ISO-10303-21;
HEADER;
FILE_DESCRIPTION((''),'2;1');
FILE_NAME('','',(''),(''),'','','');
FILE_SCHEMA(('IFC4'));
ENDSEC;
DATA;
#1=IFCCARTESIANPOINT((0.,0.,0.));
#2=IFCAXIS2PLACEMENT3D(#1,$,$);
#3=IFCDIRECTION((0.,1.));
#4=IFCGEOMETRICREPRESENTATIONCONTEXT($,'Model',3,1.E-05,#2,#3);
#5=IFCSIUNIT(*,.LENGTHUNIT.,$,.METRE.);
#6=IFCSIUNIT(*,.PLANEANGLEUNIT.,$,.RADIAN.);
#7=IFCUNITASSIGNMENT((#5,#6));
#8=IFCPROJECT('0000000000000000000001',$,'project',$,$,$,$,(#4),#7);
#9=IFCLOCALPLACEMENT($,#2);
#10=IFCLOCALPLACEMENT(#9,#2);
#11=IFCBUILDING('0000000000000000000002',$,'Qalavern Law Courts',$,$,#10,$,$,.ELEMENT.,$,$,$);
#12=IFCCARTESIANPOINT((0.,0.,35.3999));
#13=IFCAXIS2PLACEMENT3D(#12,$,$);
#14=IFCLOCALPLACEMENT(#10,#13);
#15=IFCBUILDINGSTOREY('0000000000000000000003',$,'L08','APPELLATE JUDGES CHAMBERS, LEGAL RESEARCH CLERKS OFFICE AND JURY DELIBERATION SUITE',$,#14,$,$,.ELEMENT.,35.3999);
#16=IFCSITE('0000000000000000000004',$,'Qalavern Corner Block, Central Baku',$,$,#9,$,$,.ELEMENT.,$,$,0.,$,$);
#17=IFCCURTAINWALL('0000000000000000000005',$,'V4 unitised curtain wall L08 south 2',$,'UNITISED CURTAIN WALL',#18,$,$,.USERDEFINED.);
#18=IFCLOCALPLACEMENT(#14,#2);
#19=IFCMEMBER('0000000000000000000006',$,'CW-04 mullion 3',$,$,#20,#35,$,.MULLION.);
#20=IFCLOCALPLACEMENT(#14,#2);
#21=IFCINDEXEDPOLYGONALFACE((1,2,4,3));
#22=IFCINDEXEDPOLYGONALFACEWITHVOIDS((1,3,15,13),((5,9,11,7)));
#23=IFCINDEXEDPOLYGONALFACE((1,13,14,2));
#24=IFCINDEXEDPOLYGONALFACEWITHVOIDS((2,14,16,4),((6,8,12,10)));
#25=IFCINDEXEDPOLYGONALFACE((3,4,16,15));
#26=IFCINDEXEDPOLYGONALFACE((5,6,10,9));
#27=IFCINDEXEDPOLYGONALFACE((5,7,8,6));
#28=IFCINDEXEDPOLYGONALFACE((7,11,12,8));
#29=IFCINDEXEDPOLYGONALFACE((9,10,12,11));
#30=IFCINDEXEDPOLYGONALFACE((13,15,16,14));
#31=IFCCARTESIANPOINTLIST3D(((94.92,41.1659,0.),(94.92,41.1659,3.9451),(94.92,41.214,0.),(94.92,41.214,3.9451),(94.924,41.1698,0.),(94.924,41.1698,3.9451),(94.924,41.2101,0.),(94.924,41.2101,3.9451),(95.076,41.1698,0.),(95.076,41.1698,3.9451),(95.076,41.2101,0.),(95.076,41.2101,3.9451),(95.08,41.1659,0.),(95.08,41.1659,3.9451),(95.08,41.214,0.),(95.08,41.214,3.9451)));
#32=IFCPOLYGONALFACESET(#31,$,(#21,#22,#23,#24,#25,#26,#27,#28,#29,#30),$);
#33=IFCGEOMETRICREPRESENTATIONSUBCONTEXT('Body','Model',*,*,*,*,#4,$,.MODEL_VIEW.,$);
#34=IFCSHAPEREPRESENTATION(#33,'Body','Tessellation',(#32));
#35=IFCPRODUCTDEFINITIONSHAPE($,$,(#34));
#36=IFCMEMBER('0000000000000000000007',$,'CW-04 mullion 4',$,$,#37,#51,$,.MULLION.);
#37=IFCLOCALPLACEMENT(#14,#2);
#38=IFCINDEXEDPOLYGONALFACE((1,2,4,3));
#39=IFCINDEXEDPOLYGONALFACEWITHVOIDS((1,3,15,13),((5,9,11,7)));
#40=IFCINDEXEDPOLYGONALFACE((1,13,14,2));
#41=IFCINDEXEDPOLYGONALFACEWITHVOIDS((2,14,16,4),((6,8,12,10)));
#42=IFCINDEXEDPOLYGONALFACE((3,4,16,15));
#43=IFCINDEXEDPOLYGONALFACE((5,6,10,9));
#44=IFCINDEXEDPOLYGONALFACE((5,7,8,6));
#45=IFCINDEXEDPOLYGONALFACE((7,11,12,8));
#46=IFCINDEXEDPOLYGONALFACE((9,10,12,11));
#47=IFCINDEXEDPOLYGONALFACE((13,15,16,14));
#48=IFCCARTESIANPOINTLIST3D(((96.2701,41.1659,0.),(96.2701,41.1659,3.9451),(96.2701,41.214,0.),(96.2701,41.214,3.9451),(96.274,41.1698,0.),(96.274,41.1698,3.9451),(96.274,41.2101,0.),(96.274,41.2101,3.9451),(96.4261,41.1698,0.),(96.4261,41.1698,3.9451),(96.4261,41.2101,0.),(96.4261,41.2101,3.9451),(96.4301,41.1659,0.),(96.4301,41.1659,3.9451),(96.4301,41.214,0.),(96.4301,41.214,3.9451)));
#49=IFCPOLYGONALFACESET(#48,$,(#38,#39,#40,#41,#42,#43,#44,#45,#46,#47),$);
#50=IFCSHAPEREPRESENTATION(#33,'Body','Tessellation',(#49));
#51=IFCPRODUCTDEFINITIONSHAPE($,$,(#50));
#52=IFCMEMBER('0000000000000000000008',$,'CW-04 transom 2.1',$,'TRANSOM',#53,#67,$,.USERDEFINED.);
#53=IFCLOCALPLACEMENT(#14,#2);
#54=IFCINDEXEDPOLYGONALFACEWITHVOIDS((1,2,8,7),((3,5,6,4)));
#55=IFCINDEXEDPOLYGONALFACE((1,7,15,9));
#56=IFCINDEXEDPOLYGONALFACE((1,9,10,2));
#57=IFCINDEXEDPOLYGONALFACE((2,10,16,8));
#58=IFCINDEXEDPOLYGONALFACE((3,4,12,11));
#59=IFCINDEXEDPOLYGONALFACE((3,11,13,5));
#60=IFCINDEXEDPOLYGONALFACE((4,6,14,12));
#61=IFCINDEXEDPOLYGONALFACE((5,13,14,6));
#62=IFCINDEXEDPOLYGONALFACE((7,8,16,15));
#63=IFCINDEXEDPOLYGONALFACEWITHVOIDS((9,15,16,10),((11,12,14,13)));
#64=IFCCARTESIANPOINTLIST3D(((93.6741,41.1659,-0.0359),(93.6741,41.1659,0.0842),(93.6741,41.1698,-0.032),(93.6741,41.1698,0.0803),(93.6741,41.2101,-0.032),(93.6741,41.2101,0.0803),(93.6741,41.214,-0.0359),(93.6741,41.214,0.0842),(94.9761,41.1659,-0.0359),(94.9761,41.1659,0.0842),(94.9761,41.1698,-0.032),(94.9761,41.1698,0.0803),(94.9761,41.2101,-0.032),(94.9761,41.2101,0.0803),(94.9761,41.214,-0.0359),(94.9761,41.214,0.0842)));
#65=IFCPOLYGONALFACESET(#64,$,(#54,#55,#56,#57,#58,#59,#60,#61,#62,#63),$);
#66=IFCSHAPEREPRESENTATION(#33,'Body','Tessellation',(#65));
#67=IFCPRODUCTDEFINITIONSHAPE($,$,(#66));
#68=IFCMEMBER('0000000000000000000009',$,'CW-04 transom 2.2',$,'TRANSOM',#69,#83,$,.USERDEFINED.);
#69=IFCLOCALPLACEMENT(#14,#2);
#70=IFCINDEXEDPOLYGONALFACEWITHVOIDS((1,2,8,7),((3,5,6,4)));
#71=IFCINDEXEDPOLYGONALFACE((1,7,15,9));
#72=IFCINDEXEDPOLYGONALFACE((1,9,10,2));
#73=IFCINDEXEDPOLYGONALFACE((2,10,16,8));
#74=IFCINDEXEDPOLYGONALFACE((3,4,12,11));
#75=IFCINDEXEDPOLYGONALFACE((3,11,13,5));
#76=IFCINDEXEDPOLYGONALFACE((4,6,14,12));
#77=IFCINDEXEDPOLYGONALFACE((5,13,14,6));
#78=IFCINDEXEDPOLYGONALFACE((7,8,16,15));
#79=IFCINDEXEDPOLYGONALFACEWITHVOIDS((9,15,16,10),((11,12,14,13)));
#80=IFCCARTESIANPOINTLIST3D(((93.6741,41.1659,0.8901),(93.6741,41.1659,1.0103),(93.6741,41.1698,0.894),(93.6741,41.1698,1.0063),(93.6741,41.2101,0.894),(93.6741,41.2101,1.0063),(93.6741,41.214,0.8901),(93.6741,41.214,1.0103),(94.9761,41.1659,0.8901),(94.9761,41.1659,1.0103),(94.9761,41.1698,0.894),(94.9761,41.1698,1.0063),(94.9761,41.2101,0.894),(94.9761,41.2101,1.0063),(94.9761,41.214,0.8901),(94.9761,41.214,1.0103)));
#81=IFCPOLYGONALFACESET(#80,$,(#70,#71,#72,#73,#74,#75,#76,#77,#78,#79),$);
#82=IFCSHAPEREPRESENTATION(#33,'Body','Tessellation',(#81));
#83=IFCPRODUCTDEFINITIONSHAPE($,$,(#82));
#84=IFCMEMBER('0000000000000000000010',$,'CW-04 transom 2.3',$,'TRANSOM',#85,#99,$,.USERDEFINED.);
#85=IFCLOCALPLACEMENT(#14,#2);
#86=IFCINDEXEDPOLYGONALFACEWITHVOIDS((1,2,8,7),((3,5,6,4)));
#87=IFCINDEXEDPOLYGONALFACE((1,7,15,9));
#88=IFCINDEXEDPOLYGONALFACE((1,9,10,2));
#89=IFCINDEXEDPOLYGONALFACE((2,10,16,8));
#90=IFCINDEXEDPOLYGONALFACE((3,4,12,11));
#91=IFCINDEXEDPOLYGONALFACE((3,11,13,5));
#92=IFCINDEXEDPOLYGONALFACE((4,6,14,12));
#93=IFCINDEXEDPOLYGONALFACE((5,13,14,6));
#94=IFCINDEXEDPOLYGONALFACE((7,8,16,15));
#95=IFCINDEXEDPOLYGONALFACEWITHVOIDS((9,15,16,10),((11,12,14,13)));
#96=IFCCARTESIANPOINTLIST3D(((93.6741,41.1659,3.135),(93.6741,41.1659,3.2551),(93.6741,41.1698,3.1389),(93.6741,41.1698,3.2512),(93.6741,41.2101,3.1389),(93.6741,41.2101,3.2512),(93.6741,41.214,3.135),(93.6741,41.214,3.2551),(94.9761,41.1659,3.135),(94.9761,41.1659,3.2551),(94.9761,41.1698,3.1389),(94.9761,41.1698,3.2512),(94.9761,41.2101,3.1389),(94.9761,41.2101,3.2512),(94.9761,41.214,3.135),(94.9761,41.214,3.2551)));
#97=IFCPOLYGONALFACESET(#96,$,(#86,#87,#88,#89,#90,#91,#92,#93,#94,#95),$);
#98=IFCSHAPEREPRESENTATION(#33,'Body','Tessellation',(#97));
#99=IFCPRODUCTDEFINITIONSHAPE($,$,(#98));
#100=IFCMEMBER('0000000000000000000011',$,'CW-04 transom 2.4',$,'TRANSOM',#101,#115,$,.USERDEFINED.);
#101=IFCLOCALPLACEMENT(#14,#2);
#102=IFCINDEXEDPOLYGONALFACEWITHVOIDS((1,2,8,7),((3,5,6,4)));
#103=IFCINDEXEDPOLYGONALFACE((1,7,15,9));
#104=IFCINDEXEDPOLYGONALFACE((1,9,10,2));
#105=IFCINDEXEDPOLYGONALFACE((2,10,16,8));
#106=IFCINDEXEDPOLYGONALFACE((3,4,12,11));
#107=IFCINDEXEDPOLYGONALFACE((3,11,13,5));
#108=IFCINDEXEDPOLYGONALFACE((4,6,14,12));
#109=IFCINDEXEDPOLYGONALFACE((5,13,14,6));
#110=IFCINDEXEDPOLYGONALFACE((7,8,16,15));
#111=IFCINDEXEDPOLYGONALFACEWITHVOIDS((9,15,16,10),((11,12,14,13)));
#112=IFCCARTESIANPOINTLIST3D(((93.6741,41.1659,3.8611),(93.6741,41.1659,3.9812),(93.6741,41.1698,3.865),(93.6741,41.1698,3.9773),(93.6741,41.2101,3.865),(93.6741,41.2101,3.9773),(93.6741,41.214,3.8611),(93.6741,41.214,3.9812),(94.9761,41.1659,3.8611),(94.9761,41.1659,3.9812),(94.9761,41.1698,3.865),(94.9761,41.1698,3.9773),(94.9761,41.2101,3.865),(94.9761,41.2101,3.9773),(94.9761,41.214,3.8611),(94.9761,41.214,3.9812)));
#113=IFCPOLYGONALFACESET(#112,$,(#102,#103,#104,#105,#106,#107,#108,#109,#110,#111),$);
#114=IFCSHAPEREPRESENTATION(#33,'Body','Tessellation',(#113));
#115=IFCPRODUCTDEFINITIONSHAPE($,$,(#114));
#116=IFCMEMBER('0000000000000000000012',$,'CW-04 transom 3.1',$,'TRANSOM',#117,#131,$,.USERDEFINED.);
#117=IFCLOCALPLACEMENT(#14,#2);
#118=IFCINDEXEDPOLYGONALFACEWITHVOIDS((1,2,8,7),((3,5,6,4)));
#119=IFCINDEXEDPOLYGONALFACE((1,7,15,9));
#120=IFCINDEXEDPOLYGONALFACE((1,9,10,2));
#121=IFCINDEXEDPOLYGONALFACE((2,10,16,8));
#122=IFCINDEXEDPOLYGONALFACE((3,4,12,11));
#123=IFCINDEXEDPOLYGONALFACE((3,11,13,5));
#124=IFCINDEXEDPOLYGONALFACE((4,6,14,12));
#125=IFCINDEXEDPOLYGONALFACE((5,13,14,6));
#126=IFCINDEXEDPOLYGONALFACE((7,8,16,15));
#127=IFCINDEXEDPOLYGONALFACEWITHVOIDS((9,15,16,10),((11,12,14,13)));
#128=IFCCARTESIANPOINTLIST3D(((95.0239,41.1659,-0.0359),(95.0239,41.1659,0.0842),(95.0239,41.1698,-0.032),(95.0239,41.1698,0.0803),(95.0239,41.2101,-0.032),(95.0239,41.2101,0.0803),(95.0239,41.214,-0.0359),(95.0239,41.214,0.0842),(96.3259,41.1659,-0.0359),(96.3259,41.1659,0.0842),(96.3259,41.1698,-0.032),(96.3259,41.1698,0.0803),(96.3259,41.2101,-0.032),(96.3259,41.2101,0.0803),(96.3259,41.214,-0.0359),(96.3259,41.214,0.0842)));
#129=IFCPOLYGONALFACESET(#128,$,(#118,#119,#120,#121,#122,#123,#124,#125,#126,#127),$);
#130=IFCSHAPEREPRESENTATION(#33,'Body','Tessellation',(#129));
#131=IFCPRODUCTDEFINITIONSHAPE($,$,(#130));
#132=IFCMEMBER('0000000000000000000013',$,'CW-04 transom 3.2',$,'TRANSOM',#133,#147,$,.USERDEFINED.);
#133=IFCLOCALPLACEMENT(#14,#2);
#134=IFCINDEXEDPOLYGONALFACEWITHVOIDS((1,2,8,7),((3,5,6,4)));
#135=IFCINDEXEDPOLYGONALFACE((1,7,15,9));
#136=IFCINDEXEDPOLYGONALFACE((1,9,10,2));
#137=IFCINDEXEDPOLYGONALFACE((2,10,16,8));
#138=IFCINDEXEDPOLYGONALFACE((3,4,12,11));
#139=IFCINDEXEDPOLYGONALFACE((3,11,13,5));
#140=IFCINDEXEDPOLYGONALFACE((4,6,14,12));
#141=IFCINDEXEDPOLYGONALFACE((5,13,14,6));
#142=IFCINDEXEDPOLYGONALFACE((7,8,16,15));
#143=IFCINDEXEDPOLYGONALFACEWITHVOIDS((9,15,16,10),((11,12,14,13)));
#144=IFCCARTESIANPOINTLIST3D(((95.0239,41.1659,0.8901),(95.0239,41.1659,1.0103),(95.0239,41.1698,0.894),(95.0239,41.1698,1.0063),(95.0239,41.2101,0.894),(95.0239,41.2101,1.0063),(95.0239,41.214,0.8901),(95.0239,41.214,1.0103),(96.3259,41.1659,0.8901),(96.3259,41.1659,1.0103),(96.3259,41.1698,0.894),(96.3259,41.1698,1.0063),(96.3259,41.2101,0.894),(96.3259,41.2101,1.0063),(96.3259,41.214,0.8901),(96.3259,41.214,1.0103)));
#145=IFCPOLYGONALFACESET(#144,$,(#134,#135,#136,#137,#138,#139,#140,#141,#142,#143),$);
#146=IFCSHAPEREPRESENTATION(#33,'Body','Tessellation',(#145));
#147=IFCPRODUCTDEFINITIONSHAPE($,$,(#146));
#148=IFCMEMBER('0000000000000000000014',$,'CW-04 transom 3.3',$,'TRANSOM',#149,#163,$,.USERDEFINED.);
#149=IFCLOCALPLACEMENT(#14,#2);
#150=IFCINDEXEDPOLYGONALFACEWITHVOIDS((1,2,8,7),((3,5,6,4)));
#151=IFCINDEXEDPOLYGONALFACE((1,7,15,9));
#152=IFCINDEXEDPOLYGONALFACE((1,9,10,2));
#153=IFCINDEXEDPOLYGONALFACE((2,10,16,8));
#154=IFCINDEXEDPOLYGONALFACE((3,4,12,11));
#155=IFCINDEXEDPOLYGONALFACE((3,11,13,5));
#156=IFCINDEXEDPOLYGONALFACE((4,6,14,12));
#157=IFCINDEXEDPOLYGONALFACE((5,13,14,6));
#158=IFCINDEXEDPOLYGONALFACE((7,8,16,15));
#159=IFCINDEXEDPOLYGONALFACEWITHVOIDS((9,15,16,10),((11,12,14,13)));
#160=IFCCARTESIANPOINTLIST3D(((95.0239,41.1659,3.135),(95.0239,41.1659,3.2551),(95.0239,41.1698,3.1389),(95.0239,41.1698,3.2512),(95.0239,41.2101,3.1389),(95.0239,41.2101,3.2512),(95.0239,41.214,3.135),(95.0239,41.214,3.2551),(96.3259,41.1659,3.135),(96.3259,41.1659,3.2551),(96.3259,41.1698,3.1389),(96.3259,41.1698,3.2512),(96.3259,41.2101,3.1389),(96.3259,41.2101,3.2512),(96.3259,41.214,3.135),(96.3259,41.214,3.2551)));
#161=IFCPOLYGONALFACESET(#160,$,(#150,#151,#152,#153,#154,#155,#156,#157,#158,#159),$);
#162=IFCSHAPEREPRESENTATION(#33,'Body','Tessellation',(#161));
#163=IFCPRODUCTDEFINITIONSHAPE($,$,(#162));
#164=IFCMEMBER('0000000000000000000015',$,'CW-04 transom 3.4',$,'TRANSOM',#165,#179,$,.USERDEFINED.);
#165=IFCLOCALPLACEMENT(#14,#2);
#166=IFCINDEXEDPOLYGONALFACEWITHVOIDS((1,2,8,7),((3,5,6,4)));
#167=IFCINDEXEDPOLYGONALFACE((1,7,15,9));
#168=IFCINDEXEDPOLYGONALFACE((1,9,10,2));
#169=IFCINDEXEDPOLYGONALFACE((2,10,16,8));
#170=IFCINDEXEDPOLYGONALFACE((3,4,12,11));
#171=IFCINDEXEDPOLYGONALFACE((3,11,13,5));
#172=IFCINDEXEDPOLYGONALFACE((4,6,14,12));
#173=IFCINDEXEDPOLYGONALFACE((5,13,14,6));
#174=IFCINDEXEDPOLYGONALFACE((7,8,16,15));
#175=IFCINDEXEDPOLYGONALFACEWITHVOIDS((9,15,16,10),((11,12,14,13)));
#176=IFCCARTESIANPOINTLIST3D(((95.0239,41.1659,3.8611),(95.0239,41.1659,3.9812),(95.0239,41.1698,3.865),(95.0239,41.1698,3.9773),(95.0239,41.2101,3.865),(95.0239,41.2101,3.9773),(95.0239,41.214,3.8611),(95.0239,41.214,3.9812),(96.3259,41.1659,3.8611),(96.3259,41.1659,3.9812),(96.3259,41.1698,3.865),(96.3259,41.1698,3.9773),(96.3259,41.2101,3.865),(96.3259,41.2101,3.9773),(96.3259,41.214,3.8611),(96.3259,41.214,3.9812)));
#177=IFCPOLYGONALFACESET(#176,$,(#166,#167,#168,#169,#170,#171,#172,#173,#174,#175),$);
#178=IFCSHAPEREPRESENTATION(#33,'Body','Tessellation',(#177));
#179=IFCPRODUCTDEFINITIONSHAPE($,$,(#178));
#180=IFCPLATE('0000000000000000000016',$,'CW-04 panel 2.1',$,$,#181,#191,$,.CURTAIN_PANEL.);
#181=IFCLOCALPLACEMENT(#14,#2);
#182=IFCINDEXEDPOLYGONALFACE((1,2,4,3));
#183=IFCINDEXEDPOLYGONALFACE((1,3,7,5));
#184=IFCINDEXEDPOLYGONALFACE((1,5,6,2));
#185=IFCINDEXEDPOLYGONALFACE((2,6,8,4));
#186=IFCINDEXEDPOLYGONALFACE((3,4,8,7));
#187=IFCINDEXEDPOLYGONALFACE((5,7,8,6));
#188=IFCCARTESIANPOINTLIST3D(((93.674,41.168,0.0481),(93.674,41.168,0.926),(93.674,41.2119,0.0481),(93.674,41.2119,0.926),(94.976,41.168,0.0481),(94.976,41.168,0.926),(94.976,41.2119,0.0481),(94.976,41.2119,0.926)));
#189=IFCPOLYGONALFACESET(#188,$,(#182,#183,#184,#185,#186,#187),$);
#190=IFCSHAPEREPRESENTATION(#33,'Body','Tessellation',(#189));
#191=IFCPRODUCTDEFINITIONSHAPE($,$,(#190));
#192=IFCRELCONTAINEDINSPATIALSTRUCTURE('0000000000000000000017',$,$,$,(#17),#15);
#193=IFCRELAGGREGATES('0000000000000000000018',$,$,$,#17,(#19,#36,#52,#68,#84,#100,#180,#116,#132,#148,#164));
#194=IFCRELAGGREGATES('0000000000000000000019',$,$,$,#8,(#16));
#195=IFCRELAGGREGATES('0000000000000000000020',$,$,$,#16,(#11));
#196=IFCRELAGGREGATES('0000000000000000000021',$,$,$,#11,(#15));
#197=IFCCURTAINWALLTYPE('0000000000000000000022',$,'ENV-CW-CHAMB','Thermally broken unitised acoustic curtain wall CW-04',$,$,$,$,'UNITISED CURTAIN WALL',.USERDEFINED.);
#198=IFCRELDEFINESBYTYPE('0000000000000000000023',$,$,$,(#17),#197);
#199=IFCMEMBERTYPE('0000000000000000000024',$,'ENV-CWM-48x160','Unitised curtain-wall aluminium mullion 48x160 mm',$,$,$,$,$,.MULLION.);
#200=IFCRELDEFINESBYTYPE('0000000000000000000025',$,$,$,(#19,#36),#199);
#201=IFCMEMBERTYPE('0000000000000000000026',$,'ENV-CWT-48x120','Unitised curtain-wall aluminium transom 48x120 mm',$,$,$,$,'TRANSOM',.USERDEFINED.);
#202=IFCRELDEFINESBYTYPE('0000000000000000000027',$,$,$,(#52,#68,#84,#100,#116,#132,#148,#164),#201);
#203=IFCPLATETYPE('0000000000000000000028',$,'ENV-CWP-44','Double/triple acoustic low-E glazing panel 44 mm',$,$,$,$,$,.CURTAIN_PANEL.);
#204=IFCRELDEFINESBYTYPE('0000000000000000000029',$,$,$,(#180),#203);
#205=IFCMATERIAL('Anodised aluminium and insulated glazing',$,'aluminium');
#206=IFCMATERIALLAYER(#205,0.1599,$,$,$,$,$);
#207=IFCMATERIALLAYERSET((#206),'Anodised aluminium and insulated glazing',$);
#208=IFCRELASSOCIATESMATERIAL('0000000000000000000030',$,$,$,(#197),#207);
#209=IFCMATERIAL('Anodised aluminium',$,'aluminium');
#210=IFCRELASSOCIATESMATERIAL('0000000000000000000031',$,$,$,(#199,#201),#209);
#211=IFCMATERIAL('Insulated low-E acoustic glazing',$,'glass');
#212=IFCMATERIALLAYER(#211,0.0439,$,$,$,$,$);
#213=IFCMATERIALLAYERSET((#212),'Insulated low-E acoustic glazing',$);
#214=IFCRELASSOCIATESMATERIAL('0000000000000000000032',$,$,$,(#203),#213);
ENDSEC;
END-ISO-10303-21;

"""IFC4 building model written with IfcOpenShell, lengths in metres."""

from ifc_helpers import new_model, si_unit, direction, frame, origin, origin_2d, place, context, subcontext, project, spatial, rectangle, hollow_rectangle, extrude, material, layer, layer_set, material_profile, profile_set, type_object, element, aggregate, save


model = new_model("IFC4")

# Units and contexts
model_context = context("Model", 3, precision=1e-05, world=origin(), true_north=direction((0.0, 1.0)))
body_context = subcontext(model_context, "Body", "Model", "MODEL_VIEW")
ifc_project = project(units=[si_unit("LENGTHUNIT", "METRE"), si_unit("PLANEANGLEUNIT", "RADIAN")], contexts=[model_context])

# Site, building, storey
site_placement = place(None, origin())
site = spatial("IfcSite", under=ifc_project, at=site_placement, Name="Qalavern Corner Block, Central Baku", CompositionType="ELEMENT", RefElevation=0.0)
building_placement = place(site_placement, origin())
building = spatial("IfcBuilding", under=site, at=building_placement, Name="Qalavern Law Courts", CompositionType="ELEMENT")
storey_placement = place(building_placement, frame((0.0, 0.0, 35.3999)))
storey = spatial("IfcBuildingStorey", under=building, at=storey_placement, Name="L08", Description="APPELLATE JUDGES CHAMBERS, LEGAL RESEARCH CLERKS OFFICE AND JURY DELIBERATION SUITE", CompositionType="ELEMENT", Elevation=35.3999)

# Curtain wall, members, plate
ifc_material_1 = material(Name="Anodised aluminium and insulated glazing", Category="aluminium")
ifc_layer_1 = layer(ifc_material_1, 0.1599)
ifc_layer_set_1 = layer_set([ifc_layer_1], Name="Anodised aluminium and insulated glazing")
curtain_wall_type = type_object("IfcCurtainWallType", Name="ENV-CW-CHAMB", Description="Thermally broken unitised acoustic curtain wall CW-04", ElementType="UNITISED CURTAIN WALL", PredefinedType="USERDEFINED", material=ifc_layer_set_1)
curtain_wall_placement = place(storey_placement, origin())
curtain_wall = element("IfcCurtainWall", 1, at=curtain_wall_placement, inside=storey, type_object=curtain_wall_type, Name="V4 unitised curtain wall L08 south 2", ObjectType="UNITISED CURTAIN WALL", PredefinedType="USERDEFINED")
ifc_material_2 = material(Name="Anodised aluminium", Category="aluminium")
ifc_material_profile_1 = material_profile(ifc_material_2, hollow_rectangle(XDim=0.0481, YDim=0.1599, WallThickness=0.0039, at=origin_2d()), Name="ALU MULLION 48x160")
ifc_profile_set_1 = profile_set([ifc_material_profile_1], Name="Anodised aluminium")
member_type_1 = type_object("IfcMemberType", Name="ENV-CWM-48x160", Description="Unitised curtain-wall aluminium mullion 48x160 mm", PredefinedType="MULLION", material=ifc_profile_set_1)
member_1_placement = place(storey_placement, frame((95.0, 41.1899, 0.0), z_axis=(0.0, 0.0, 1.0), x_axis=(0.0, 1.0, 0.0)))
member_1 = element("IfcMember", 2, at=member_1_placement, type_object=member_type_1, Name="CW-04 mullion 3", PredefinedType="MULLION", context=body_context, shape_type="SweptSolid", body=[
    extrude(hollow_rectangle(XDim=0.0481, YDim=0.1599, WallThickness=0.0039, at=origin_2d()), origin(), (0.0, 0.0, 1.0), 3.9451),
])
member_2_placement = place(storey_placement, frame((96.3501, 41.1899, 0.0), z_axis=(0.0, 0.0, 1.0), x_axis=(0.0, 1.0, 0.0)))
member_2 = element("IfcMember", 3, at=member_2_placement, type_object=member_type_1, Name="CW-04 mullion 4", PredefinedType="MULLION", context=body_context, shape_type="SweptSolid", body=[
    extrude(hollow_rectangle(XDim=0.0481, YDim=0.1599, WallThickness=0.0039, at=origin_2d()), origin(), (0.0, 0.0, 1.0), 3.9451),
])
ifc_material_profile_2 = material_profile(ifc_material_2, hollow_rectangle(XDim=0.0481, YDim=0.1201, WallThickness=0.0039, at=origin_2d()), Name="ALU TRANSOM 48x120")
ifc_profile_set_2 = profile_set([ifc_material_profile_2], Name="Anodised aluminium")
member_type_2 = type_object("IfcMemberType", Name="ENV-CWT-48x120", Description="Unitised curtain-wall aluminium transom 48x120 mm", ElementType="TRANSOM", PredefinedType="USERDEFINED", material=ifc_profile_set_2)
member_3_placement = place(storey_placement, frame((93.6741, 41.1899, 0.0242), z_axis=(1.0, 0.0, 0.0), x_axis=(0.0, 1.0, 0.0)))
member_3 = element("IfcMember", 4, at=member_3_placement, type_object=member_type_2, Name="CW-04 transom 2.1", ObjectType="TRANSOM", PredefinedType="USERDEFINED", context=body_context, shape_type="SweptSolid", body=[
    extrude(hollow_rectangle(XDim=0.0481, YDim=0.1201, WallThickness=0.0039, at=origin_2d()), origin(), (0.0, 0.0, 1.0), 1.302),
])
member_4_placement = place(storey_placement, frame((93.6741, 41.1899, 0.9502), z_axis=(1.0, 0.0, 0.0), x_axis=(0.0, 1.0, 0.0)))
member_4 = element("IfcMember", 5, at=member_4_placement, type_object=member_type_2, Name="CW-04 transom 2.2", ObjectType="TRANSOM", PredefinedType="USERDEFINED", context=body_context, shape_type="SweptSolid", body=[
    extrude(hollow_rectangle(XDim=0.0481, YDim=0.1201, WallThickness=0.0039, at=origin_2d()), origin(), (0.0, 0.0, 1.0), 1.302),
])
member_5_placement = place(storey_placement, frame((93.6741, 41.1899, 3.1951), z_axis=(1.0, 0.0, 0.0), x_axis=(0.0, 1.0, 0.0)))
member_5 = element("IfcMember", 6, at=member_5_placement, type_object=member_type_2, Name="CW-04 transom 2.3", ObjectType="TRANSOM", PredefinedType="USERDEFINED", context=body_context, shape_type="SweptSolid", body=[
    extrude(hollow_rectangle(XDim=0.0481, YDim=0.1201, WallThickness=0.0039, at=origin_2d()), origin(), (0.0, 0.0, 1.0), 1.302),
])
member_6_placement = place(storey_placement, frame((93.6741, 41.1899, 3.9211), z_axis=(1.0, 0.0, 0.0), x_axis=(0.0, 1.0, 0.0)))
member_6 = element("IfcMember", 7, at=member_6_placement, type_object=member_type_2, Name="CW-04 transom 2.4", ObjectType="TRANSOM", PredefinedType="USERDEFINED", context=body_context, shape_type="SweptSolid", body=[
    extrude(hollow_rectangle(XDim=0.0481, YDim=0.1201, WallThickness=0.0039, at=origin_2d()), origin(), (0.0, 0.0, 1.0), 1.302),
])
member_7_placement = place(storey_placement, frame((95.0239, 41.1899, 0.0242), z_axis=(1.0, 0.0, 0.0), x_axis=(0.0, 1.0, 0.0)))
member_7 = element("IfcMember", 8, at=member_7_placement, type_object=member_type_2, Name="CW-04 transom 3.1", ObjectType="TRANSOM", PredefinedType="USERDEFINED", context=body_context, shape_type="SweptSolid", body=[
    extrude(hollow_rectangle(XDim=0.0481, YDim=0.1201, WallThickness=0.0039, at=origin_2d()), origin(), (0.0, 0.0, 1.0), 1.302),
])
member_8_placement = place(storey_placement, frame((95.0239, 41.1899, 0.9502), z_axis=(1.0, 0.0, 0.0), x_axis=(0.0, 1.0, 0.0)))
member_8 = element("IfcMember", 9, at=member_8_placement, type_object=member_type_2, Name="CW-04 transom 3.2", ObjectType="TRANSOM", PredefinedType="USERDEFINED", context=body_context, shape_type="SweptSolid", body=[
    extrude(hollow_rectangle(XDim=0.0481, YDim=0.1201, WallThickness=0.0039, at=origin_2d()), origin(), (0.0, 0.0, 1.0), 1.302),
])
member_9_placement = place(storey_placement, frame((95.0239, 41.1899, 3.1951), z_axis=(1.0, 0.0, 0.0), x_axis=(0.0, 1.0, 0.0)))
member_9 = element("IfcMember", 10, at=member_9_placement, type_object=member_type_2, Name="CW-04 transom 3.3", ObjectType="TRANSOM", PredefinedType="USERDEFINED", context=body_context, shape_type="SweptSolid", body=[
    extrude(hollow_rectangle(XDim=0.0481, YDim=0.1201, WallThickness=0.0039, at=origin_2d()), origin(), (0.0, 0.0, 1.0), 1.302),
])
member_10_placement = place(storey_placement, frame((95.0239, 41.1899, 3.9211), z_axis=(1.0, 0.0, 0.0), x_axis=(0.0, 1.0, 0.0)))
member_10 = element("IfcMember", 11, at=member_10_placement, type_object=member_type_2, Name="CW-04 transom 3.4", ObjectType="TRANSOM", PredefinedType="USERDEFINED", context=body_context, shape_type="SweptSolid", body=[
    extrude(hollow_rectangle(XDim=0.0481, YDim=0.1201, WallThickness=0.0039, at=origin_2d()), origin(), (0.0, 0.0, 1.0), 1.302),
])
ifc_material_3 = material(Name="Insulated low-E acoustic glazing", Category="glass")
ifc_layer_2 = layer(ifc_material_3, 0.0439)
ifc_layer_set_2 = layer_set([ifc_layer_2], Name="Insulated low-E acoustic glazing")
plate_type = type_object("IfcPlateType", Name="ENV-CWP-44", Description="Double/triple acoustic low-E glazing panel 44 mm", PredefinedType="CURTAIN_PANEL", material=ifc_layer_set_2)
plate_1_placement = place(storey_placement, frame((94.325, 41.1899, 0.0481), z_axis=(0.0, 0.0, 1.0), x_axis=(1.0, 0.0, 0.0)))
plate_1 = element("IfcPlate", 12, at=plate_1_placement, type_object=plate_type, Name="CW-04 panel 2.1", PredefinedType="CURTAIN_PANEL", context=body_context, shape_type="SweptSolid", body=[
    extrude(rectangle(XDim=1.302, YDim=0.0439, at=origin_2d()), origin(), (0.0, 0.0, 1.0), 0.8779),
])
aggregate(curtain_wall, [member_1, member_2, member_3, member_4, member_5, member_6, plate_1, member_7, member_8, member_9, member_10])

save(model, "model.ifc")
